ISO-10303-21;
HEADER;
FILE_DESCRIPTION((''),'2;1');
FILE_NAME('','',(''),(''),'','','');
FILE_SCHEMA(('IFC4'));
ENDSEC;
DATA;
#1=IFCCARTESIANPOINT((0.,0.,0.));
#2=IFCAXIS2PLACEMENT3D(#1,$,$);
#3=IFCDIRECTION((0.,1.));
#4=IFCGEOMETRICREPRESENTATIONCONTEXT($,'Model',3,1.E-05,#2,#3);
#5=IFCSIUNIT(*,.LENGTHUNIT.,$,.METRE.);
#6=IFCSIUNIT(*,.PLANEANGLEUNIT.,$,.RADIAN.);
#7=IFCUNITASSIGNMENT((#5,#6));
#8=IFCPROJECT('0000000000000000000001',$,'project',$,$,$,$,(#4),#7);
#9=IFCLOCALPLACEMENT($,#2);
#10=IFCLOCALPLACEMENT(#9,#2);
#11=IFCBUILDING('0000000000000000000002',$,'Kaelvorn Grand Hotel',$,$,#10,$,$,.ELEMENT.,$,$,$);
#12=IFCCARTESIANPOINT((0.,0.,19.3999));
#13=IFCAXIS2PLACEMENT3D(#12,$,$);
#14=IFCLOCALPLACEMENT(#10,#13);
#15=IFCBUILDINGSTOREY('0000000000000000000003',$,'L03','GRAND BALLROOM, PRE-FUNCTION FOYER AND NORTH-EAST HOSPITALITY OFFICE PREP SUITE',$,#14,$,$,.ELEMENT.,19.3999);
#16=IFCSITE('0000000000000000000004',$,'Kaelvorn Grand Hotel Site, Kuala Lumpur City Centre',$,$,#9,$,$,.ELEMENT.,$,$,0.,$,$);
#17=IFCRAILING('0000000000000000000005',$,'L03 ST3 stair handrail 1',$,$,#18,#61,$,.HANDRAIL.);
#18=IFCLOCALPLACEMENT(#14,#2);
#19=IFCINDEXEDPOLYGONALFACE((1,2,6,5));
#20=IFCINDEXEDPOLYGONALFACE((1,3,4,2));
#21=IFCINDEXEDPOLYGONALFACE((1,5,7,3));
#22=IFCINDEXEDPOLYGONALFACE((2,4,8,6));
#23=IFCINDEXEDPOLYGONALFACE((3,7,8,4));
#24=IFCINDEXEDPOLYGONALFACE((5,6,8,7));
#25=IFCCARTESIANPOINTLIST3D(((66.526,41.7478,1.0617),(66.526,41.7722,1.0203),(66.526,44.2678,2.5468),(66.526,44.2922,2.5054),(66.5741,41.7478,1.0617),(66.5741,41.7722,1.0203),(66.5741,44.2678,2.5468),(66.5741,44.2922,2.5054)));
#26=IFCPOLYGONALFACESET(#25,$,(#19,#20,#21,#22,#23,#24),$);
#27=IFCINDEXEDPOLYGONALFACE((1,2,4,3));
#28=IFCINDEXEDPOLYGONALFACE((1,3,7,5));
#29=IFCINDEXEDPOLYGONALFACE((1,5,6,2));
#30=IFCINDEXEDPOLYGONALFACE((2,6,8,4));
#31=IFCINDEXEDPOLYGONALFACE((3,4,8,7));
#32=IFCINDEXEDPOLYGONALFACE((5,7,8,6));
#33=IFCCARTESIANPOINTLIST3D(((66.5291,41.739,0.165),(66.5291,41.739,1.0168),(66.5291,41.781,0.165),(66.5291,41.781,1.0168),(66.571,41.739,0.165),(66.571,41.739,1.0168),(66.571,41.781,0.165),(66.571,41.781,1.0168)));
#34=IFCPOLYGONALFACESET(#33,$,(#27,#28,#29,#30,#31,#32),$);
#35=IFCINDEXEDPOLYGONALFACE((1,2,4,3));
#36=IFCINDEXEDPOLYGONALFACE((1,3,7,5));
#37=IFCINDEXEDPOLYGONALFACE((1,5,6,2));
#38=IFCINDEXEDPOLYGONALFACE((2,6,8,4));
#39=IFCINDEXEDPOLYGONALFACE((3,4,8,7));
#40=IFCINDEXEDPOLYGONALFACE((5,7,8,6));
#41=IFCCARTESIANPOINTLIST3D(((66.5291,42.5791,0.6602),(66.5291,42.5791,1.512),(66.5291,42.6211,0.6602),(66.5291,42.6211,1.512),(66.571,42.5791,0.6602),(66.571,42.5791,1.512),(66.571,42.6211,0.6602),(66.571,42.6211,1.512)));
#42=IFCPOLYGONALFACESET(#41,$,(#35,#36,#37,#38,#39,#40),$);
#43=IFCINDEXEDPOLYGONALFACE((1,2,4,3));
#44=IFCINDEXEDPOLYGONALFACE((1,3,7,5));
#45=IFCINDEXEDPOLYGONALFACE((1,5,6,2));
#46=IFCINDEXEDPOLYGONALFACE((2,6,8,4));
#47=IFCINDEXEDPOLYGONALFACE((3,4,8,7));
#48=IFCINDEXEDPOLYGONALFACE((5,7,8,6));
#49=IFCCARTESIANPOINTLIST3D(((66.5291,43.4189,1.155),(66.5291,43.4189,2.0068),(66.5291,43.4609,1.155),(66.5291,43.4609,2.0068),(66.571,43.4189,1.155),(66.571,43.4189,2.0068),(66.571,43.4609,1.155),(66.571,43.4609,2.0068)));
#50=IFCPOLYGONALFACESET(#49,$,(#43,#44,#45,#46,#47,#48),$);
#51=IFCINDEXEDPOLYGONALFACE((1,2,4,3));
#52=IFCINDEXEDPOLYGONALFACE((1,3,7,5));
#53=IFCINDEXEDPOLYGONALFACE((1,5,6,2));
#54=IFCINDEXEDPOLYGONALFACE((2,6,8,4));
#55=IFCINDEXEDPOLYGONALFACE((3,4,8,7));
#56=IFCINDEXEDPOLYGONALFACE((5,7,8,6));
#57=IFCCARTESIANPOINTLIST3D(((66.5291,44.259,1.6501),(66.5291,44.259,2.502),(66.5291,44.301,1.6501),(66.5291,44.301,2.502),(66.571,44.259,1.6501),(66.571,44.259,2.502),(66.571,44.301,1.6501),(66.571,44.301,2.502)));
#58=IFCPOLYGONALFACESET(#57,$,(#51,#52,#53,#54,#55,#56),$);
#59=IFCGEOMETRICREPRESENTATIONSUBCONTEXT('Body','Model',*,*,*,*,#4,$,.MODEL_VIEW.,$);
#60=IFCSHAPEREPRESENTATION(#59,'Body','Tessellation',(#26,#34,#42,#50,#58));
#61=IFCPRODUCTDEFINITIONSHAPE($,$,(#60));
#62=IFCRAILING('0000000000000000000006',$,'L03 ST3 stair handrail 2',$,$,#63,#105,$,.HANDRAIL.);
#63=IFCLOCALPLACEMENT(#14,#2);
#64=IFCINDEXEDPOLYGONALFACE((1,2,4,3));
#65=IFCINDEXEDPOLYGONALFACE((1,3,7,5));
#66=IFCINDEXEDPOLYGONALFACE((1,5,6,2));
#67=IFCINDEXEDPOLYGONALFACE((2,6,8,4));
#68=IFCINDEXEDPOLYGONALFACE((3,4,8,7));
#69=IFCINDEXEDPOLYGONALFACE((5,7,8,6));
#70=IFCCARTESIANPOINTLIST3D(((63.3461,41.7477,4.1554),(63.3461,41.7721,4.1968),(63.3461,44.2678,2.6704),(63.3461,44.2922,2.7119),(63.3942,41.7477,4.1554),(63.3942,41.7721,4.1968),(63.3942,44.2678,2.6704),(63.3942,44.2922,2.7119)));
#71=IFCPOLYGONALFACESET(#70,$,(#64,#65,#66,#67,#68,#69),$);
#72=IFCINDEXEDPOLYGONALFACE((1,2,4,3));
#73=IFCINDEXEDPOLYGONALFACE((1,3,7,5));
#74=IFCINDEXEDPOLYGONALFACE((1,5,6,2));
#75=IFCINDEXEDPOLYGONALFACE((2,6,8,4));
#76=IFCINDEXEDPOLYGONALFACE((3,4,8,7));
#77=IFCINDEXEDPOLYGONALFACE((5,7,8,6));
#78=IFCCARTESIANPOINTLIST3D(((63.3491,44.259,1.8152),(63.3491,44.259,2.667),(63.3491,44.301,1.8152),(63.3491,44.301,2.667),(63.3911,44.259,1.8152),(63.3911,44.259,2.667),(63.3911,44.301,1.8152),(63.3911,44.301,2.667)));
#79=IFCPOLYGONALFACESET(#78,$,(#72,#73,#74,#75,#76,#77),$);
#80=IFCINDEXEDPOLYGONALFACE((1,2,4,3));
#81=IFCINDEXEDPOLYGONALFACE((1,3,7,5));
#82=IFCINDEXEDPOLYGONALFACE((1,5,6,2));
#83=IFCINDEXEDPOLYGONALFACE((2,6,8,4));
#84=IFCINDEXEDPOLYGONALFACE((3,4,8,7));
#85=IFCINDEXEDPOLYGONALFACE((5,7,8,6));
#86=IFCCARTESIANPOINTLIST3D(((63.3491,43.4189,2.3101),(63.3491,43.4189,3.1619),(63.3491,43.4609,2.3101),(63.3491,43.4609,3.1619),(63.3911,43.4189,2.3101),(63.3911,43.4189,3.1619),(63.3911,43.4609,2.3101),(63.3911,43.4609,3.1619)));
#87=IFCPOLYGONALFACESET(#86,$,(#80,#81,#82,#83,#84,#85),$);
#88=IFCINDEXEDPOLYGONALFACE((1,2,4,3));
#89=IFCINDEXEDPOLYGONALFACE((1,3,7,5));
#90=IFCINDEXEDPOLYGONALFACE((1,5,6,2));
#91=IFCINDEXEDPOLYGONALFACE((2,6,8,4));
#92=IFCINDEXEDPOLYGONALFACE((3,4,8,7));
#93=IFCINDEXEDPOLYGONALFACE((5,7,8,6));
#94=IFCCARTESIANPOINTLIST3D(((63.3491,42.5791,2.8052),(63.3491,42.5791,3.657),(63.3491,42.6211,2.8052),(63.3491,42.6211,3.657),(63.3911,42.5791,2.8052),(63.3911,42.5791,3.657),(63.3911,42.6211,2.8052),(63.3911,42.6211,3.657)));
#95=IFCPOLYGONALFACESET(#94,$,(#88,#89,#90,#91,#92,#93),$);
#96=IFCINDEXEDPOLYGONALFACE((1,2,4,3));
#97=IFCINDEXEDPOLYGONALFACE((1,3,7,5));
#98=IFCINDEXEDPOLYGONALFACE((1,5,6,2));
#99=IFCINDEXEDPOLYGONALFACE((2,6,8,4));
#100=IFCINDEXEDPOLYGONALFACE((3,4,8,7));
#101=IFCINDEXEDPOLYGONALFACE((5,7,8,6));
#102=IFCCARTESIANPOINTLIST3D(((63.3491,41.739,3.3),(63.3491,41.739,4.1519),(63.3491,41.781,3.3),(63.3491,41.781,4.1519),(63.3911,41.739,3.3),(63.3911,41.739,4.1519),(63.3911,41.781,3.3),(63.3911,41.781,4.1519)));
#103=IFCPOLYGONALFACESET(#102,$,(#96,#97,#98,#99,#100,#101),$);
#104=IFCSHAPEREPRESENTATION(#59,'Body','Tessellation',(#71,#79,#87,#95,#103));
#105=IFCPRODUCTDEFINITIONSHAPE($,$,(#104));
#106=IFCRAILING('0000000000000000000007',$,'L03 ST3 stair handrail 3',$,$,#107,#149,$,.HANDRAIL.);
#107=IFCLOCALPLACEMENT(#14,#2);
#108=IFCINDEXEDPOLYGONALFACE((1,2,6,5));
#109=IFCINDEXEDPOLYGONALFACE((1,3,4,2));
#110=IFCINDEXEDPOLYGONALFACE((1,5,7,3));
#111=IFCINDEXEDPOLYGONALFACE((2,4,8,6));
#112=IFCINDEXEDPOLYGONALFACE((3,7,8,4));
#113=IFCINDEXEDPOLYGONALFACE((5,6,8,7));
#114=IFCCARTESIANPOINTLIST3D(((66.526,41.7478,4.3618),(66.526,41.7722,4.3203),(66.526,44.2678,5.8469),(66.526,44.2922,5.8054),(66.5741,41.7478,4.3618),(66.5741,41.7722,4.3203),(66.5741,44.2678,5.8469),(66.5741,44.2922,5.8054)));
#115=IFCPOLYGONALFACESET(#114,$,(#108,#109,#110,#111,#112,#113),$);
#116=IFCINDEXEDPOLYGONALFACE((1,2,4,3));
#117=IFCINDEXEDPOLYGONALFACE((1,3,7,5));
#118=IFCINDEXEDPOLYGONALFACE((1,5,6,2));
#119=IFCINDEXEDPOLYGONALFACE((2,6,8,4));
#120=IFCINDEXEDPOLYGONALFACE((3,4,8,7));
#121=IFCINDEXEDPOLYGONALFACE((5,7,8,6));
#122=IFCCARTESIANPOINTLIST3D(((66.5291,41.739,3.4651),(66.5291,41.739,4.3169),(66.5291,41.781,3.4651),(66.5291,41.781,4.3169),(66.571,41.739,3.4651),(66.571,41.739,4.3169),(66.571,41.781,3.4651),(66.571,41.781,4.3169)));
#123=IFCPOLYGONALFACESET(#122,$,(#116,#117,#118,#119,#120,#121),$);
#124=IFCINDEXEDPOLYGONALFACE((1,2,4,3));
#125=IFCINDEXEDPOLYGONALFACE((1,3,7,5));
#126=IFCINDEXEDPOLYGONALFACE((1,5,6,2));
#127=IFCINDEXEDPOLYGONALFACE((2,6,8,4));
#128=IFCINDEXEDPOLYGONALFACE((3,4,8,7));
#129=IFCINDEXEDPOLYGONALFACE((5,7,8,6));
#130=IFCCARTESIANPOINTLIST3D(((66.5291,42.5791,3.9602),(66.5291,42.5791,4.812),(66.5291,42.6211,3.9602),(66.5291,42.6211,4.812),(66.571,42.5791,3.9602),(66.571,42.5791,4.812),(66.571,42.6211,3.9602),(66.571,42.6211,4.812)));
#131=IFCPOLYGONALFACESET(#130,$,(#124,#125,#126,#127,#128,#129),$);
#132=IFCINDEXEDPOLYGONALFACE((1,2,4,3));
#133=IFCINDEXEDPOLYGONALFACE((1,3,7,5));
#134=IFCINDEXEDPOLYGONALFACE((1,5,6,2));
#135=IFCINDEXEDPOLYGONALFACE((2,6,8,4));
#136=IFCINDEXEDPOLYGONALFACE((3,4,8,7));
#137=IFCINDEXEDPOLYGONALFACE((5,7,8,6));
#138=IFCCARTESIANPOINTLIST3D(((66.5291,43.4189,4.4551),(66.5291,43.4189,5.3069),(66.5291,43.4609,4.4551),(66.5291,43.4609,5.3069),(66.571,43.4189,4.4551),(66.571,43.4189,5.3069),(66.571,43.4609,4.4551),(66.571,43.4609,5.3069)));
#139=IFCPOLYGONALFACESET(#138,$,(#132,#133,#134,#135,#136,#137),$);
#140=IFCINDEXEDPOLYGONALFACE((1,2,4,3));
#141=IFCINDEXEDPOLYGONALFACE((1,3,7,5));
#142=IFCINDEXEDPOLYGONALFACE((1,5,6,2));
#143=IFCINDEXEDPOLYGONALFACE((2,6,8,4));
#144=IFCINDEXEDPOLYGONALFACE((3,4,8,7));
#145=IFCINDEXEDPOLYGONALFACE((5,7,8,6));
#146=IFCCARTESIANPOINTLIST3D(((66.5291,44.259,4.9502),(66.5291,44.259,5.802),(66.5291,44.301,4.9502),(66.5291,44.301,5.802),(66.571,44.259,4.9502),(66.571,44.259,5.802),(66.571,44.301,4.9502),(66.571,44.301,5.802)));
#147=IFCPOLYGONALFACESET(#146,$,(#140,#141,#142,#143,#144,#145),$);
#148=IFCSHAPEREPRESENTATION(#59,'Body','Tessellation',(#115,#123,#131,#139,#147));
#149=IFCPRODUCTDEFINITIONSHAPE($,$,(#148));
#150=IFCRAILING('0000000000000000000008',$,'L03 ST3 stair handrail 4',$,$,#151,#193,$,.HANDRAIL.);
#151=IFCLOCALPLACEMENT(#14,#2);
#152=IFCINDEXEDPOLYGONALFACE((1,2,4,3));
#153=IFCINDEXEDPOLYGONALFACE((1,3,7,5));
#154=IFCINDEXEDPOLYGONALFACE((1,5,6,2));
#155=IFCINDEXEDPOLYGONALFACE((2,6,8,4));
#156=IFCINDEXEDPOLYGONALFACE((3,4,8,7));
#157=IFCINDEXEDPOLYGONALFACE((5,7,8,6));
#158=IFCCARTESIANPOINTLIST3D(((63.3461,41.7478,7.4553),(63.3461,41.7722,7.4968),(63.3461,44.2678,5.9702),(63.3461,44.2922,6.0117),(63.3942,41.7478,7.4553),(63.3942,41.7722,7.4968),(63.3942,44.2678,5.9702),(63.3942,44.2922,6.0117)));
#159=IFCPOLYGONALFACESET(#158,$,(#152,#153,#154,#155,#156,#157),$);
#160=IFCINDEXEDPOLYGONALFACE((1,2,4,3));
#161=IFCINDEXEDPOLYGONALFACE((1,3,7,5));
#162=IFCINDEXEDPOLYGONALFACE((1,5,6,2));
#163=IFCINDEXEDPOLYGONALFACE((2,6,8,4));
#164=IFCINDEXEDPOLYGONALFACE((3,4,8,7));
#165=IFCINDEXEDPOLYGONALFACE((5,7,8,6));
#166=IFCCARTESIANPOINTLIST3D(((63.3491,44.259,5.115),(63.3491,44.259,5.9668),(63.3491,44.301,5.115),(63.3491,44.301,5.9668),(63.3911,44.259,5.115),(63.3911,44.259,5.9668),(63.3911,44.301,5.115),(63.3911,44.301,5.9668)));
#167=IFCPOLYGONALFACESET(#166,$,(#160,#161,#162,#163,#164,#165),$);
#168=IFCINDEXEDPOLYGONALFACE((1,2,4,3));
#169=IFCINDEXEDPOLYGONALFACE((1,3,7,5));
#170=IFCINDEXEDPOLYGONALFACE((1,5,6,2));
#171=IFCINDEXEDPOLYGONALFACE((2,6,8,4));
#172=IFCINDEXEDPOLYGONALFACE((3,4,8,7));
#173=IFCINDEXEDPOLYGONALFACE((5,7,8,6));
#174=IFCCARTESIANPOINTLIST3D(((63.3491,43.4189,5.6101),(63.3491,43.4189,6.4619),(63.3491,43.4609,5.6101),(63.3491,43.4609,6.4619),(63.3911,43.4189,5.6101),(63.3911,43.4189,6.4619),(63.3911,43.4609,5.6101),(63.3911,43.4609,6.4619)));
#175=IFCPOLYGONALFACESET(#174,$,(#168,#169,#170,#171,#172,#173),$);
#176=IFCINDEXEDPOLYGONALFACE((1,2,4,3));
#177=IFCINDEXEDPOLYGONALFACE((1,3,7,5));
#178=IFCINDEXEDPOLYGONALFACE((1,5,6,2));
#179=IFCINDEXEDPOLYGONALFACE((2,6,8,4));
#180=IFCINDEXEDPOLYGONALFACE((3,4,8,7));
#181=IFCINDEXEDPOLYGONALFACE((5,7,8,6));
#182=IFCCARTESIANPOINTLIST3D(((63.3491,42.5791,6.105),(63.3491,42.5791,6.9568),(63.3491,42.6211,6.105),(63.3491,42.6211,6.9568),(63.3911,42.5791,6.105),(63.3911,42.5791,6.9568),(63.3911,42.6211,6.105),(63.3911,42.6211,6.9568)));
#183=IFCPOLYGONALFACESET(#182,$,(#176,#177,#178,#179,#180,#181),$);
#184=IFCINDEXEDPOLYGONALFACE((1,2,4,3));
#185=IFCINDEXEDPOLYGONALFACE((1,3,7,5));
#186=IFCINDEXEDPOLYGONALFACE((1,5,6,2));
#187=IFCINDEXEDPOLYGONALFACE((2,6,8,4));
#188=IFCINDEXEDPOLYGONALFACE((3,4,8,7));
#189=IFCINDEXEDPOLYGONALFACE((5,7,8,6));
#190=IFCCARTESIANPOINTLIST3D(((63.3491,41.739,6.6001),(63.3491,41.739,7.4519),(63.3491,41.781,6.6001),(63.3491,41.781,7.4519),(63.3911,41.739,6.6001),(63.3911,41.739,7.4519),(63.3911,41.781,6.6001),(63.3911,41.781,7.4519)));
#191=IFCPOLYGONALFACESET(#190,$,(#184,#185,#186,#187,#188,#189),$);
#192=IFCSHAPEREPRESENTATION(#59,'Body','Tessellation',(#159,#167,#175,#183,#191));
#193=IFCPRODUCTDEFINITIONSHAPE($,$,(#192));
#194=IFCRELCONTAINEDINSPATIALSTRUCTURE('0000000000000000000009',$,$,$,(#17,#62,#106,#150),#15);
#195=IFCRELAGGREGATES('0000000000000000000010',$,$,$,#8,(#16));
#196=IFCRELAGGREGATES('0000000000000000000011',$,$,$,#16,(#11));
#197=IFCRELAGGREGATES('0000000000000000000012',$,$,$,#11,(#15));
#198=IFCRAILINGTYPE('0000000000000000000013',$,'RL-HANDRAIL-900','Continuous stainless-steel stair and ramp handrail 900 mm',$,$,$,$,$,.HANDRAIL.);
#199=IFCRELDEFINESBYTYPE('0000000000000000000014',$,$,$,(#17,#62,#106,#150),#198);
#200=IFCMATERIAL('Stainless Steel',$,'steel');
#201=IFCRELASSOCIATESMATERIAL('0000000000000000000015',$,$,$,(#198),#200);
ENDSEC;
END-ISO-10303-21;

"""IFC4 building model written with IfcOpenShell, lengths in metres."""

from ifc_helpers import new_model, si_unit, direction, frame, origin, origin_2d, place, context, subcontext, project, spatial, rectangle, extrude, material, type_object, element, save


model = new_model("IFC4")

# Units and contexts
model_context = context("Model", 3, precision=1e-05, world=origin(), true_north=direction((0.0, 1.0)))
body_context = subcontext(model_context, "Body", "Model", "MODEL_VIEW")
ifc_project = project(units=[si_unit("LENGTHUNIT", "METRE"), si_unit("PLANEANGLEUNIT", "RADIAN")], contexts=[model_context])

# Site, building, storey
site_placement = place(None, origin())
site = spatial("IfcSite", under=ifc_project, at=site_placement, Name="Kaelvorn Grand Hotel Site, Kuala Lumpur City Centre", CompositionType="ELEMENT", RefElevation=0.0)
building_placement = place(site_placement, origin())
building = spatial("IfcBuilding", under=site, at=building_placement, Name="Kaelvorn Grand Hotel", CompositionType="ELEMENT")
storey_placement = place(building_placement, frame((0.0, 0.0, 19.3999)))
storey = spatial("IfcBuildingStorey", under=building, at=storey_placement, Name="L03", Description="GRAND BALLROOM, PRE-FUNCTION FOYER AND NORTH-EAST HOSPITALITY OFFICE PREP SUITE", CompositionType="ELEMENT", Elevation=19.3999)

# Railings
ifc_material_1 = material(Name="Stainless Steel", Category="steel")
railing_type_1 = type_object("IfcRailingType", Name="RL-HANDRAIL-900", Description="Continuous stainless-steel stair and ramp handrail 900 mm", PredefinedType="HANDRAIL", material=ifc_material_1)
railing_1_placement = place(storey_placement, frame((66.55, 41.76, 0.165)))
element("IfcRailing", 1, at=railing_1_placement, inside=storey, type_object=railing_type_1, Name="L03 ST3 stair handrail 1", PredefinedType="HANDRAIL", context=body_context, shape_type="SweptSolid", body=[
    extrude(rectangle(XDim=0.0481, YDim=0.0481, at=origin_2d()), frame((0.0, 0.0, 0.876), z_axis=(0.0, 0.861524, 0.507717), x_axis=(-1.0, 0.0, 0.0)), (0.0, 0.0, 1.0), 2.925),
    extrude(rectangle(XDim=0.042, YDim=0.042, at=origin_2d()), origin(), (0.0, 0.0, 1.0), 0.8518),
    extrude(rectangle(XDim=0.042, YDim=0.042, at=origin_2d()), frame((0.0, 0.8401, 0.4951)), (0.0, 0.0, 1.0), 0.8518),
    extrude(rectangle(XDim=0.042, YDim=0.042, at=origin_2d()), frame((0.0, 1.6799, 0.99)), (0.0, 0.0, 1.0), 0.8518),
    extrude(rectangle(XDim=0.042, YDim=0.042, at=origin_2d()), frame((0.0, 2.52, 1.4851)), (0.0, 0.0, 1.0), 0.8518),
])
railing_2_placement = place(storey_placement, frame((63.3701, 44.28, 1.8152)))
element("IfcRailing", 2, at=railing_2_placement, inside=storey, type_object=railing_type_1, Name="L03 ST3 stair handrail 2", PredefinedType="HANDRAIL", context=body_context, shape_type="SweptSolid", body=[
    extrude(rectangle(XDim=0.0481, YDim=0.0481, at=origin_2d()), frame((0.0, 0.0, 0.876), z_axis=(0.0, -0.861561, 0.507655), x_axis=(1.0, 0.0, 0.0)), (0.0, 0.0, 1.0), 2.925),
    extrude(rectangle(XDim=0.042, YDim=0.042, at=origin_2d()), origin(), (0.0, 0.0, 1.0), 0.8518),
    extrude(rectangle(XDim=0.042, YDim=0.042, at=origin_2d()), frame((0.0, -0.8401, 0.4949)), (0.0, 0.0, 1.0), 0.8518),
    extrude(rectangle(XDim=0.042, YDim=0.042, at=origin_2d()), frame((0.0, -1.6799, 0.99)), (0.0, 0.0, 1.0), 0.8518),
    extrude(rectangle(XDim=0.042, YDim=0.042, at=origin_2d()), frame((0.0, -2.52, 1.4849)), (0.0, 0.0, 1.0), 0.8518),
])
railing_3_placement = place(storey_placement, frame((66.55, 41.76, 3.4651)))
element("IfcRailing", 3, at=railing_3_placement, inside=storey, type_object=railing_type_1, Name="L03 ST3 stair handrail 3", PredefinedType="HANDRAIL", context=body_context, shape_type="SweptSolid", body=[
    extrude(rectangle(XDim=0.0481, YDim=0.0481, at=origin_2d()), frame((0.0, 0.0, 0.876), z_axis=(0.0, 0.861524, 0.507717), x_axis=(-1.0, 0.0, 0.0)), (0.0, 0.0, 1.0), 2.925),
    extrude(rectangle(XDim=0.042, YDim=0.042, at=origin_2d()), origin(), (0.0, 0.0, 1.0), 0.8518),
    extrude(rectangle(XDim=0.042, YDim=0.042, at=origin_2d()), frame((0.0, 0.8401, 0.4951)), (0.0, 0.0, 1.0), 0.8518),
    extrude(rectangle(XDim=0.042, YDim=0.042, at=origin_2d()), frame((0.0, 1.6799, 0.99)), (0.0, 0.0, 1.0), 0.8518),
    extrude(rectangle(XDim=0.042, YDim=0.042, at=origin_2d()), frame((0.0, 2.52, 1.4851)), (0.0, 0.0, 1.0), 0.8518),
])
railing_4_placement = place(storey_placement, frame((63.3701, 44.28, 5.115)))
element("IfcRailing", 4, at=railing_4_placement, inside=storey, type_object=railing_type_1, Name="L03 ST3 stair handrail 4", PredefinedType="HANDRAIL", context=body_context, shape_type="SweptSolid", body=[
    extrude(rectangle(XDim=0.0481, YDim=0.0481, at=origin_2d()), frame((0.0, 0.0, 0.876), z_axis=(0.0, -0.861524, 0.507717), x_axis=(1.0, 0.0, 0.0)), (0.0, 0.0, 1.0), 2.925),
    extrude(rectangle(XDim=0.042, YDim=0.042, at=origin_2d()), origin(), (0.0, 0.0, 1.0), 0.8518),
    extrude(rectangle(XDim=0.042, YDim=0.042, at=origin_2d()), frame((0.0, -0.8401, 0.4951)), (0.0, 0.0, 1.0), 0.8518),
    extrude(rectangle(XDim=0.042, YDim=0.042, at=origin_2d()), frame((0.0, -1.6799, 0.99)), (0.0, 0.0, 1.0), 0.8518),
    extrude(rectangle(XDim=0.042, YDim=0.042, at=origin_2d()), frame((0.0, -2.52, 1.4851)), (0.0, 0.0, 1.0), 0.8518),
])

save(model, "model.ifc")
